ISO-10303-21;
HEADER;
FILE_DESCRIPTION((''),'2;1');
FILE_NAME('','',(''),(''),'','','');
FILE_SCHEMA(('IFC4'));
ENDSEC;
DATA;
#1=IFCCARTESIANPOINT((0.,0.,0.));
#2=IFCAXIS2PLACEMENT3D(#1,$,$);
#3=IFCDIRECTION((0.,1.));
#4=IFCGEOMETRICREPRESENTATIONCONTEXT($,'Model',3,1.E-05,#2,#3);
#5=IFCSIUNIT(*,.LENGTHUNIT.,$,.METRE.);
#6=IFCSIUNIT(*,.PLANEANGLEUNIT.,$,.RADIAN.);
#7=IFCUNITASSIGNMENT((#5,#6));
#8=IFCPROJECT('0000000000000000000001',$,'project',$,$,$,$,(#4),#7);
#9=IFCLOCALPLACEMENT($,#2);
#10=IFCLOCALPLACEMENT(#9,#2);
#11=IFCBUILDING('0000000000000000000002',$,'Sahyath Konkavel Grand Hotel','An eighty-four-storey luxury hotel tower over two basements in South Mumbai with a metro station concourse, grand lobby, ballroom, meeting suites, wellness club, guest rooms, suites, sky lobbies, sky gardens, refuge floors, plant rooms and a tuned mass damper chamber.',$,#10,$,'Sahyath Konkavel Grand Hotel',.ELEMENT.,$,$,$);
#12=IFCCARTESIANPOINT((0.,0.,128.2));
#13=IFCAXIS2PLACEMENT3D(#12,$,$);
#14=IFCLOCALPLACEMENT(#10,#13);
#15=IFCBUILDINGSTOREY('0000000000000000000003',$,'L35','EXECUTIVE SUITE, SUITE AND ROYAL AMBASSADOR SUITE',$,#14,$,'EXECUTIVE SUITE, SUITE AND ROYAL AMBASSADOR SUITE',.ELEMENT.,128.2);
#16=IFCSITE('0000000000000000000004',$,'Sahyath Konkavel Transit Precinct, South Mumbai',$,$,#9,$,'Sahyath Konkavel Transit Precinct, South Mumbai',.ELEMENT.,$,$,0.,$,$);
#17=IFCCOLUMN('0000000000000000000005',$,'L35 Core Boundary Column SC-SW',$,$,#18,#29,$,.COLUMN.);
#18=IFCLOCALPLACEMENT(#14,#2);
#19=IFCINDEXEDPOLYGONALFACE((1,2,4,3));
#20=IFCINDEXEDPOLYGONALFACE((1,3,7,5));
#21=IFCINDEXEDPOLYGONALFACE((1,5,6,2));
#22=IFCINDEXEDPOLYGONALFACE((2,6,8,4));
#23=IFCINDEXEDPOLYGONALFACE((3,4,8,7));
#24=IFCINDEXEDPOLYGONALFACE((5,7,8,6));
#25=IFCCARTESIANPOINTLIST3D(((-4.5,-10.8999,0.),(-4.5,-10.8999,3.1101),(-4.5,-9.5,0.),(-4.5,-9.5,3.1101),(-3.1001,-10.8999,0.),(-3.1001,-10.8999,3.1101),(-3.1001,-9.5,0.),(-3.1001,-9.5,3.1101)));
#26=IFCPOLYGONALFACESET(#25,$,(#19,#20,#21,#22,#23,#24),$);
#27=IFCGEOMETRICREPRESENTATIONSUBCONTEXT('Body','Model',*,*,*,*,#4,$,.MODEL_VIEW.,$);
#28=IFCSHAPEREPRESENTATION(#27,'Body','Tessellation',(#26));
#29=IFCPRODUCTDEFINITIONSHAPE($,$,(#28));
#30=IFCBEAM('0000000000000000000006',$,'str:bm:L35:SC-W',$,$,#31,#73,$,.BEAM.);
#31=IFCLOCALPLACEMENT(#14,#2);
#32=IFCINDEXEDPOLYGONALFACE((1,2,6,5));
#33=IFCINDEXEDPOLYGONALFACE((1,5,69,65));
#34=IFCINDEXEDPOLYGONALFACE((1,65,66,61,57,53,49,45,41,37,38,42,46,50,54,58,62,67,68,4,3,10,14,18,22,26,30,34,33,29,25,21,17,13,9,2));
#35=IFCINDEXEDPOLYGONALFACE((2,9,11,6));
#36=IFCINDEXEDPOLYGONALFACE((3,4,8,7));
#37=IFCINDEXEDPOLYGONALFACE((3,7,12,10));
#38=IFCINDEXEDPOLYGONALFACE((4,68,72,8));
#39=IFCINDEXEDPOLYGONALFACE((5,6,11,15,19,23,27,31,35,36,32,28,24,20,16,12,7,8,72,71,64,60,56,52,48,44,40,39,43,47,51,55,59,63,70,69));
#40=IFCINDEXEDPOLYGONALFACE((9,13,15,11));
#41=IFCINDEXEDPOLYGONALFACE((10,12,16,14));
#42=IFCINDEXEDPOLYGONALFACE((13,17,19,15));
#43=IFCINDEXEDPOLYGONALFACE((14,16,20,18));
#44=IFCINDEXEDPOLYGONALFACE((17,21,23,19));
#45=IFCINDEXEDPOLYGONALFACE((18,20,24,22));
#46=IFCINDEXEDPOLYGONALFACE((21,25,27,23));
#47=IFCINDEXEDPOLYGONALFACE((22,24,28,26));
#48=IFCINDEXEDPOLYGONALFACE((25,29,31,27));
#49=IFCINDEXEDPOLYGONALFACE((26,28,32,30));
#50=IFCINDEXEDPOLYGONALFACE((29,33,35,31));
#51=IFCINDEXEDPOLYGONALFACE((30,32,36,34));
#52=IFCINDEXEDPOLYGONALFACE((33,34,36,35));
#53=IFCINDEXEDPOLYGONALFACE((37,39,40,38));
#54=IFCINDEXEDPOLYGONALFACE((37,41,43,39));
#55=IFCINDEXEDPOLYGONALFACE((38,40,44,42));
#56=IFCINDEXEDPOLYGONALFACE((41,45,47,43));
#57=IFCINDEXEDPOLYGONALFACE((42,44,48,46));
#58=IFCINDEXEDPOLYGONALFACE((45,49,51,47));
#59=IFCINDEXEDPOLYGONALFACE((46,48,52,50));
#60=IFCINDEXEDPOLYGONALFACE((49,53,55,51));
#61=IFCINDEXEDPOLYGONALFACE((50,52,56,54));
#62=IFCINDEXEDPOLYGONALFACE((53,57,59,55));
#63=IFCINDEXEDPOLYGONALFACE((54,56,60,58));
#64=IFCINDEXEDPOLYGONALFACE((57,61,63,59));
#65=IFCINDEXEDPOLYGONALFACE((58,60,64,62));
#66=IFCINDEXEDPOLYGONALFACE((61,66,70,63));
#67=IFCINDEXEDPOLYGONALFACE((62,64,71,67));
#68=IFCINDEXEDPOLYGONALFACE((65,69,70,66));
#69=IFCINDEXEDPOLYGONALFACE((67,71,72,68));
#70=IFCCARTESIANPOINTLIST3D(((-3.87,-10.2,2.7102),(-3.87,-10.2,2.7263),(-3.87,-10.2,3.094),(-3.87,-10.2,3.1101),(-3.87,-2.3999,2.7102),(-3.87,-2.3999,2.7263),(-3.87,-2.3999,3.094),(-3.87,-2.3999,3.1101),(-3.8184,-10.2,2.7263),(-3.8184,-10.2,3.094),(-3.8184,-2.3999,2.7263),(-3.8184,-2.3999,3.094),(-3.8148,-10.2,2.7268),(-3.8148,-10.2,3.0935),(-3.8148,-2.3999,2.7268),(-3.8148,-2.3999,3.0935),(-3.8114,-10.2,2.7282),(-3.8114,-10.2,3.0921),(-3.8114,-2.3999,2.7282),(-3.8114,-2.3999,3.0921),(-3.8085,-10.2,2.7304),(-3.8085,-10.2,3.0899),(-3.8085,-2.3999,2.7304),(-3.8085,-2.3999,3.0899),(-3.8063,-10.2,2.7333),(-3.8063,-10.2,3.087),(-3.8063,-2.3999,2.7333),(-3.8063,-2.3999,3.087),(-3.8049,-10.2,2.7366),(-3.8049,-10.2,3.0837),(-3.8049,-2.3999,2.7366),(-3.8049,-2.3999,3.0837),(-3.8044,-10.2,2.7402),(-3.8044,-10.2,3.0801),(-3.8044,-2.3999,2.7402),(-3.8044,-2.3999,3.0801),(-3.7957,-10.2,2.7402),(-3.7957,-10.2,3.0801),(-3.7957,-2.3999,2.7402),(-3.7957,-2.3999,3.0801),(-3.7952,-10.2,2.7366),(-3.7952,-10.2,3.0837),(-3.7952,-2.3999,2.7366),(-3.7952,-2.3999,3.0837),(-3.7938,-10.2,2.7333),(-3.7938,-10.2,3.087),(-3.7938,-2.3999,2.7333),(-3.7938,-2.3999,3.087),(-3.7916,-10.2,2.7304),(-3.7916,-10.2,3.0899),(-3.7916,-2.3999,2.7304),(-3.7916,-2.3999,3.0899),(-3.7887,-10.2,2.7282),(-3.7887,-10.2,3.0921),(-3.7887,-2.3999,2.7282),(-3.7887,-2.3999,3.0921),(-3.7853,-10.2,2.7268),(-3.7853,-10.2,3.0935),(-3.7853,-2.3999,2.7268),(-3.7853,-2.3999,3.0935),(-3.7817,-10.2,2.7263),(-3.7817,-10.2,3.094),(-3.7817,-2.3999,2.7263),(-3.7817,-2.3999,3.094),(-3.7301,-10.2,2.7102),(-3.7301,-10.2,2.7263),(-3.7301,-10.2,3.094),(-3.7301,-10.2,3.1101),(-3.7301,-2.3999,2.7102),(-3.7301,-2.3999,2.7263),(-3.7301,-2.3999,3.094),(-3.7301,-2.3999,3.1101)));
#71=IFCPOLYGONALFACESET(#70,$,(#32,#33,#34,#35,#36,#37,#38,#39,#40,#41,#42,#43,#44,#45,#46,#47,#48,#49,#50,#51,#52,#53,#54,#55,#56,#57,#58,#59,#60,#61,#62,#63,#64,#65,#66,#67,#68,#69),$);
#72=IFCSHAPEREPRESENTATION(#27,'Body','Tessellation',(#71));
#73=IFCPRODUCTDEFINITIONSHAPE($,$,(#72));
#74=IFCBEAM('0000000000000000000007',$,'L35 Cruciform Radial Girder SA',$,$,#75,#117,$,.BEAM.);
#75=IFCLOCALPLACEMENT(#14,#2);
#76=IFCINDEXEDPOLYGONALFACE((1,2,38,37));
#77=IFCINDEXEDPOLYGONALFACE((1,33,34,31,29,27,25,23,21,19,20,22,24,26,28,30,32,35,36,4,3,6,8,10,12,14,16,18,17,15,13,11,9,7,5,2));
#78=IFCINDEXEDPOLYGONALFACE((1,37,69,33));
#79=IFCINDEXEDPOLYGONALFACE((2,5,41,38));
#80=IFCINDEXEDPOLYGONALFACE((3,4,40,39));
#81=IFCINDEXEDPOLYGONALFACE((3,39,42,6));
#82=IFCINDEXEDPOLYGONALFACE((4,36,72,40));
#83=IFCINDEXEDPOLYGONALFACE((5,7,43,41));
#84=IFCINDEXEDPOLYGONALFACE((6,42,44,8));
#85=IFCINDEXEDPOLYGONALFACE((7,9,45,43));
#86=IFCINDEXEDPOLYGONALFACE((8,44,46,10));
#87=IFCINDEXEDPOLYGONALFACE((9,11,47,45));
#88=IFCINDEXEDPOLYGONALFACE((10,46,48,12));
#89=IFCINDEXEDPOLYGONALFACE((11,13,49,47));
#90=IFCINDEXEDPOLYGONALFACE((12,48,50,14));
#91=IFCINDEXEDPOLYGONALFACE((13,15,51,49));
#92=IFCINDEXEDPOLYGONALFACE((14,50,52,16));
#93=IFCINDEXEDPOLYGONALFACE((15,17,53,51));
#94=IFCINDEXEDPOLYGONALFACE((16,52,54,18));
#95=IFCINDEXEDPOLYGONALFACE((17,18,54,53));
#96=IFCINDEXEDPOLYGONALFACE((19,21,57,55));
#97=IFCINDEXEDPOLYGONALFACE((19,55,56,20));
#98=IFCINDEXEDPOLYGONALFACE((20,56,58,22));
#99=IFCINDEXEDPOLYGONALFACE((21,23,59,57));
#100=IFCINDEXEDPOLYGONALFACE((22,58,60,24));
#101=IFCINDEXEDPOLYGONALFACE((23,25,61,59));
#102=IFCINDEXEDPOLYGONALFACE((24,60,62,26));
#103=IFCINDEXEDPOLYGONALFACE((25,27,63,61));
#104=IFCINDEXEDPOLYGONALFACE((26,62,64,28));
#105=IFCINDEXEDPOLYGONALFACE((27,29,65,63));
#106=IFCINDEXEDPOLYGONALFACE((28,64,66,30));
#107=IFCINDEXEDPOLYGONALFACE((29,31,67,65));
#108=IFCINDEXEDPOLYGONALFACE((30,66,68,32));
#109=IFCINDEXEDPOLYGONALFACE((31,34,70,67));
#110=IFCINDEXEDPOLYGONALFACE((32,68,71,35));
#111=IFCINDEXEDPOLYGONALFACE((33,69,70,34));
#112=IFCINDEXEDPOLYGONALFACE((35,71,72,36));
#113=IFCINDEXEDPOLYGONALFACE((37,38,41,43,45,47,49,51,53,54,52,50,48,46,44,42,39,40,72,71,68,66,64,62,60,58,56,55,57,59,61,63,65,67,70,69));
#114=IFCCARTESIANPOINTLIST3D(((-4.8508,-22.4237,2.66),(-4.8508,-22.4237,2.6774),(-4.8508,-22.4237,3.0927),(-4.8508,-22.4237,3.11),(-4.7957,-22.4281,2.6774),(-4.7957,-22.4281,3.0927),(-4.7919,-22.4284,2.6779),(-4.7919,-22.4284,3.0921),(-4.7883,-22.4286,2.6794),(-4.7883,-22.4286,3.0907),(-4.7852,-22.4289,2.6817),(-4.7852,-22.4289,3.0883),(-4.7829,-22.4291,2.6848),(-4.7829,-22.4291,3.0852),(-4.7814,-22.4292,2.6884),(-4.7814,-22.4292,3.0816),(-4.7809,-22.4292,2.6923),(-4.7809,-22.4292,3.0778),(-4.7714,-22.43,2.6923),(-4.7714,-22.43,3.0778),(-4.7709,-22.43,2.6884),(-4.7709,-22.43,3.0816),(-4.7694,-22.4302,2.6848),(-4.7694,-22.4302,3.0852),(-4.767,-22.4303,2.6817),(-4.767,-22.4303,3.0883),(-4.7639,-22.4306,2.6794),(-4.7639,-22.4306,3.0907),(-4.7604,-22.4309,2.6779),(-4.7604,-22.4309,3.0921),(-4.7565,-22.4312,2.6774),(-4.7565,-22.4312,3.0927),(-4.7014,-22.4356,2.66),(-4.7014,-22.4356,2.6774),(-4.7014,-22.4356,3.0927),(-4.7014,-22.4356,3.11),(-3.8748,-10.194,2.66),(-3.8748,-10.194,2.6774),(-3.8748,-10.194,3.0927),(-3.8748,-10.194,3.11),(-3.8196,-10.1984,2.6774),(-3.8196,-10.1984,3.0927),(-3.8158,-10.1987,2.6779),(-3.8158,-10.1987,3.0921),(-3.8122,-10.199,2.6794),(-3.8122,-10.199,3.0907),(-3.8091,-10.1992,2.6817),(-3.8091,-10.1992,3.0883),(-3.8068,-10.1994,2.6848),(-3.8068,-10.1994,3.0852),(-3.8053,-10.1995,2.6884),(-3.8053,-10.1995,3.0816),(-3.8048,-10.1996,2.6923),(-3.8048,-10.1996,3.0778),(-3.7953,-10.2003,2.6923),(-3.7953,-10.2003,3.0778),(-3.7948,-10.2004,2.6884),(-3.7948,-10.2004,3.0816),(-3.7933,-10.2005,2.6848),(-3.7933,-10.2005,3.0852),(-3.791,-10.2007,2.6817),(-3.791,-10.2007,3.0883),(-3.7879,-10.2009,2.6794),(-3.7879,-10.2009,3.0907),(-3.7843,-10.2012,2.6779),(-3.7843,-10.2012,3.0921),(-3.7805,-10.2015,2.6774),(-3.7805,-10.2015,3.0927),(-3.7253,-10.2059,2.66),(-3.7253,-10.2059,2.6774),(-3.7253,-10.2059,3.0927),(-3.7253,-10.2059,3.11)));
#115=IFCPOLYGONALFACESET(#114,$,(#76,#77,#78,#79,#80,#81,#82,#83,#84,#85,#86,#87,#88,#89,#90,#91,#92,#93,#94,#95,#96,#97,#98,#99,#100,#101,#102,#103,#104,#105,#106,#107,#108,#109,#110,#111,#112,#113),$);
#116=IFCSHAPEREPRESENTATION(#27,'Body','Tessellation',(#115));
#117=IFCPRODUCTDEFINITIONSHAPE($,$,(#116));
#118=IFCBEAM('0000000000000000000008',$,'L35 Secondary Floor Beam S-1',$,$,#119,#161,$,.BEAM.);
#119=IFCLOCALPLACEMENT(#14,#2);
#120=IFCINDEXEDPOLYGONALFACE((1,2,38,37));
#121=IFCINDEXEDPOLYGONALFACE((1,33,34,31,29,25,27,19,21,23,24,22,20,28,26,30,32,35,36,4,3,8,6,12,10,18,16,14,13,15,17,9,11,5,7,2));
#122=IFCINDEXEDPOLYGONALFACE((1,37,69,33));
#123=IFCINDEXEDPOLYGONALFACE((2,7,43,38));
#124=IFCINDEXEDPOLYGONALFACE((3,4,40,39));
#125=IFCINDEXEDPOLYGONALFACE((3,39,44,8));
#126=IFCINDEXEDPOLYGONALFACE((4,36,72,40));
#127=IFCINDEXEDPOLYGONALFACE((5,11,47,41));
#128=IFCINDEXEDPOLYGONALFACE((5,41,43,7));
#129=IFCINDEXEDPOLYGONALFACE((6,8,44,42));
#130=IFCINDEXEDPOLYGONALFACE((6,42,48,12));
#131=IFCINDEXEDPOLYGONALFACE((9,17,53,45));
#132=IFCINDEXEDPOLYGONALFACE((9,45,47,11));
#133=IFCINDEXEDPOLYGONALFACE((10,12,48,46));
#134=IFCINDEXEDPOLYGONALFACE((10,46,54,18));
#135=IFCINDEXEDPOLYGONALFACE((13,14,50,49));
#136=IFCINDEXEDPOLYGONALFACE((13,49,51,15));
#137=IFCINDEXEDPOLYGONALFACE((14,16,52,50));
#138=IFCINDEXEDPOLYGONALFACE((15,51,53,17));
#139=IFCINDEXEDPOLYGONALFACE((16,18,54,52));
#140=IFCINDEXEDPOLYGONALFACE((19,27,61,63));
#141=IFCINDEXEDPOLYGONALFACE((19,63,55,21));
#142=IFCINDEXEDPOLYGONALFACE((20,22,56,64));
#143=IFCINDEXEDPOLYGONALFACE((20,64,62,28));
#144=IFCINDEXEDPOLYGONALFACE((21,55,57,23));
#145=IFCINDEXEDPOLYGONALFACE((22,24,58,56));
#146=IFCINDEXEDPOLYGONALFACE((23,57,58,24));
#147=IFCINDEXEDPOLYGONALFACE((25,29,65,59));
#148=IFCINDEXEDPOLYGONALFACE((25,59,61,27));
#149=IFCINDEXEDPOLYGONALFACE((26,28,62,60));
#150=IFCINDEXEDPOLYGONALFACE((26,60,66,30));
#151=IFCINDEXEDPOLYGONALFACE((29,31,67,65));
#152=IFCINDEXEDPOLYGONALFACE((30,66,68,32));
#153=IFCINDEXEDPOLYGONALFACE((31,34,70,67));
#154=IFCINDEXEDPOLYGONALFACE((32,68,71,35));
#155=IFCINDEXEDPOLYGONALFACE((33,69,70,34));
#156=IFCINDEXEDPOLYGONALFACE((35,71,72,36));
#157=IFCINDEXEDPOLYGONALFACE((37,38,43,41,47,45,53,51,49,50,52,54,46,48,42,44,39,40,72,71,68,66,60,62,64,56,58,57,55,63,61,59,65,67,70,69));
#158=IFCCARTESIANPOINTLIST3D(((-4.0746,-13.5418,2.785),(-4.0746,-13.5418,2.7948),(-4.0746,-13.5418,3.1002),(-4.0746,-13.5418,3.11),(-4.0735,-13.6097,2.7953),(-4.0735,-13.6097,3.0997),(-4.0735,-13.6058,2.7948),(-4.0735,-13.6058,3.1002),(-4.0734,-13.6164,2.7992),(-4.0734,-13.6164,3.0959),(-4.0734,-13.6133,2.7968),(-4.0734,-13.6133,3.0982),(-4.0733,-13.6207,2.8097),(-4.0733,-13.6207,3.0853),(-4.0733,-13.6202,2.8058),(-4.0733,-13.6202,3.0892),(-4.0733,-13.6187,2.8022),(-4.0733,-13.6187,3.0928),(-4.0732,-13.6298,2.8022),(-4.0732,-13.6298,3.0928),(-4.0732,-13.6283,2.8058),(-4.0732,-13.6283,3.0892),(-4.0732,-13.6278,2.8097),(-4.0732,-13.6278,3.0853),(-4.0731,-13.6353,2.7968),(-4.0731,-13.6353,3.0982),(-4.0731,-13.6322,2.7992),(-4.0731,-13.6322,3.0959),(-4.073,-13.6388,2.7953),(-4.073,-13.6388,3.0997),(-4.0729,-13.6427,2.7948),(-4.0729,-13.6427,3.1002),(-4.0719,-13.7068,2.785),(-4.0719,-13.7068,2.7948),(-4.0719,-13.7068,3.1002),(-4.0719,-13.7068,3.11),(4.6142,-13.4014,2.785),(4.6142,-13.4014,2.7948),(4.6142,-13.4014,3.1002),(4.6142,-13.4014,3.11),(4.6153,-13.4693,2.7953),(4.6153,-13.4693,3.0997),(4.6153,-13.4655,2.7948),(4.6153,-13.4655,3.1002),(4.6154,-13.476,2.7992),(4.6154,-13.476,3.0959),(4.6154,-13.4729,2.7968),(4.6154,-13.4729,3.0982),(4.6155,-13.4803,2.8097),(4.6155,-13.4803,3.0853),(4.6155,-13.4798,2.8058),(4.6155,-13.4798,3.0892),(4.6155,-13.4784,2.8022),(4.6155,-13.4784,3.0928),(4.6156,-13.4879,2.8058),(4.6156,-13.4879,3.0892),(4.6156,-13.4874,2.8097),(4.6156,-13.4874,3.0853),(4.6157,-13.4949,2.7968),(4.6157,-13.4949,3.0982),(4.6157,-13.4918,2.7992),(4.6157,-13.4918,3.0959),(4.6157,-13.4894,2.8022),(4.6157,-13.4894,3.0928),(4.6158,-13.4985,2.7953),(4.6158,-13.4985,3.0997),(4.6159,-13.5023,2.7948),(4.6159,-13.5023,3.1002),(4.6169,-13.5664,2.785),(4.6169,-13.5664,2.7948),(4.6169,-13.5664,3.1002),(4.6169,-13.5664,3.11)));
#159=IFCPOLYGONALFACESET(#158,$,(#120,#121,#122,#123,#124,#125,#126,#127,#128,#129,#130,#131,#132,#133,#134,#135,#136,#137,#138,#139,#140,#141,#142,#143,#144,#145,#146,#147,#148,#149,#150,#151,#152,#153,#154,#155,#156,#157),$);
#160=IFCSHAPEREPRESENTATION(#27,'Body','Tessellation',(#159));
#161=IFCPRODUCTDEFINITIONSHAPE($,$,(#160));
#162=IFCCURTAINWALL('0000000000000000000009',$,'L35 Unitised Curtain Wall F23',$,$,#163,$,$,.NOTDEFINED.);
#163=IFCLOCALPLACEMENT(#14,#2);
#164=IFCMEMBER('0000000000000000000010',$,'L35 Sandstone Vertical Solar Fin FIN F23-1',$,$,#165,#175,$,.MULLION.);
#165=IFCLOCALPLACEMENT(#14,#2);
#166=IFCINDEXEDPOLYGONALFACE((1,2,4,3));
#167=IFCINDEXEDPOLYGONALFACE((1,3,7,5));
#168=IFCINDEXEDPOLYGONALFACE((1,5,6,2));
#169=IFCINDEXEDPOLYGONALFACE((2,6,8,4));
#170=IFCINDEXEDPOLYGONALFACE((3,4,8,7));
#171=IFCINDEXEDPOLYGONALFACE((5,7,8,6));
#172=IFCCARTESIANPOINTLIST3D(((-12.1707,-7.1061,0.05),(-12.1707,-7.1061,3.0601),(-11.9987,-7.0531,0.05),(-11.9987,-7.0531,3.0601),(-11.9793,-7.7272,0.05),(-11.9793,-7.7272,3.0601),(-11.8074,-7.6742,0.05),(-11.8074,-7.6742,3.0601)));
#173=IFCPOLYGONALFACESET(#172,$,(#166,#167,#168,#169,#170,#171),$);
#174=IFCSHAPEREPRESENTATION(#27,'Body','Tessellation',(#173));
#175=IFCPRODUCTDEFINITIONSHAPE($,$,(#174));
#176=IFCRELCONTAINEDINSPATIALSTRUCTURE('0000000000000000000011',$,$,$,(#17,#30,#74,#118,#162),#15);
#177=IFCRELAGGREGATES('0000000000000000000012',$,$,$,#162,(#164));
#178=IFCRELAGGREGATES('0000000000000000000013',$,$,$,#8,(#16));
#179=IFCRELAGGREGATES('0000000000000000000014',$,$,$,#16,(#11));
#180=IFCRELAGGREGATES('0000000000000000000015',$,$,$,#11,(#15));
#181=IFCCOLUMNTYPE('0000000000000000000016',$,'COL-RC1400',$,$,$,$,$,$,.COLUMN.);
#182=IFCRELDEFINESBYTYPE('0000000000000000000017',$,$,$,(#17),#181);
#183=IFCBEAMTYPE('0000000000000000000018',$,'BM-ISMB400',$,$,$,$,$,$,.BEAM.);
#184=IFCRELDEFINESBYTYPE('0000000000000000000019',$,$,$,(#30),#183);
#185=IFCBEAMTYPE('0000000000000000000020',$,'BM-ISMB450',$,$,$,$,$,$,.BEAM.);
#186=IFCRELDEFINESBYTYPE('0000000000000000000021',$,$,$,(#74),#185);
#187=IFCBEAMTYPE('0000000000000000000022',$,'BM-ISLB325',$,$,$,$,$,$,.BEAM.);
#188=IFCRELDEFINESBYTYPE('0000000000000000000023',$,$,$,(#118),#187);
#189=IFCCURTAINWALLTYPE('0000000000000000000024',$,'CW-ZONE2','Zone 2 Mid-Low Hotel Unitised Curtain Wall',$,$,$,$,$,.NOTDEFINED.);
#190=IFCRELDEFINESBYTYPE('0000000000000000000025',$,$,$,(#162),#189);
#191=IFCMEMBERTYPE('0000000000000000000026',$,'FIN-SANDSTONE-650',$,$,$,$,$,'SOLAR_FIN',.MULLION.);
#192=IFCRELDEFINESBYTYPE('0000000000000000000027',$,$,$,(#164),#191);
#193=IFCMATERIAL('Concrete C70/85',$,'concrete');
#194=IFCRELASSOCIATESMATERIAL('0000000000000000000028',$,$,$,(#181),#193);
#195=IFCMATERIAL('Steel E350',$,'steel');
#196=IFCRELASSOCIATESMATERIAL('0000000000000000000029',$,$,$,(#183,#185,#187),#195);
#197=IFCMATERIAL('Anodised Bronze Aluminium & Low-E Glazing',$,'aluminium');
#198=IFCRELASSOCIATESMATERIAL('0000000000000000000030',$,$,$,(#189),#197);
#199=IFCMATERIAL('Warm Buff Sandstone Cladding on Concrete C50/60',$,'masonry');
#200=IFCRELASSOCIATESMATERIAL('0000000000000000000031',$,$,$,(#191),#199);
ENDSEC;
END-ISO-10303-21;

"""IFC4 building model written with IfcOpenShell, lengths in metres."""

from ifc_helpers import new_model, si_unit, direction, frame, origin, origin_2d, place, context, subcontext, project, spatial, rectangle, i_section, extrude, source, transform, mapped, material, material_profile, profile_set, type_object, element, aggregate, save


model = new_model("IFC4")

# Units and contexts
model_context = context("Model", 3, precision=1e-05, world=origin(), true_north=direction((0.0, 1.0)))
body_context = subcontext(model_context, "Body", "Model", "MODEL_VIEW")
ifc_project = project(units=[si_unit("LENGTHUNIT", "METRE"), si_unit("PLANEANGLEUNIT", "RADIAN")], contexts=[model_context])

# Site, building, storey
site_placement = place(None, origin())
site = spatial("IfcSite", under=ifc_project, at=site_placement, Name="Sahyath Konkavel Transit Precinct, South Mumbai", LongName="Sahyath Konkavel Transit Precinct, South Mumbai", CompositionType="ELEMENT", RefElevation=0.0)
building_placement = place(site_placement, origin())
building = spatial("IfcBuilding", under=site, at=building_placement, Name="Sahyath Konkavel Grand Hotel", Description="An eighty-four-storey luxury hotel tower over two basements in South Mumbai with a metro station concourse, grand lobby, ballroom, meeting suites, wellness club, guest rooms, suites, sky lobbies, sky gardens, refuge floors, plant rooms and a tuned mass damper chamber.", LongName="Sahyath Konkavel Grand Hotel", CompositionType="ELEMENT")
storey_placement = place(building_placement, frame((0.0, 0.0, 128.2)))
storey = spatial("IfcBuildingStorey", under=building, at=storey_placement, Name="L35", Description="EXECUTIVE SUITE, SUITE AND ROYAL AMBASSADOR SUITE", LongName="EXECUTIVE SUITE, SUITE AND ROYAL AMBASSADOR SUITE", CompositionType="ELEMENT", Elevation=128.2)

# Column
ifc_material_1 = material(Name="Concrete C70/85", Category="concrete")
ifc_material_profile_1 = material_profile(ifc_material_1, rectangle(XDim=1.3999, YDim=1.3999, at=origin_2d()), Name="RC 1400x1400")
ifc_profile_set_1 = profile_set([ifc_material_profile_1], Name="Concrete C70/85")
column_type = type_object("IfcColumnType", Name="COL-RC1400", PredefinedType="COLUMN", material=ifc_profile_set_1)
shared_shape_1 = source(origin(), body_context, "Body", "SweptSolid", [
    extrude(rectangle(XDim=1.3999, YDim=1.3999, at=origin_2d()), origin(), (0.0, 0.0, 1.0), 3.1101),
])
column_placement = place(storey_placement, frame((-3.8, -10.2, 0.0), z_axis=(0.0, 0.0, 1.0), x_axis=(1.0, 0.0, 0.0)))
element("IfcColumn", 1, at=column_placement, inside=storey, type_object=column_type, Name="L35 Core Boundary Column SC-SW", PredefinedType="COLUMN", context=body_context, shape_type="MappedRepresentation", body=[
    mapped(shared_shape_1, transform((0.0, 0.0, 0.0), scale=1.0)),
])

# Beams
ifc_material_2 = material(Name="Steel E350", Category="steel")
ifc_material_profile_2 = material_profile(ifc_material_2, i_section(OverallWidth=0.1399, OverallDepth=0.3999, WebThickness=0.0088, FlangeThickness=0.0161, FilletRadius=0.0139, at=origin_2d()), Name="ISMB 400")
ifc_profile_set_2 = profile_set([ifc_material_profile_2], Name="Steel E350")
beam_type_1 = type_object("IfcBeamType", Name="BM-ISMB400", PredefinedType="BEAM", material=ifc_profile_set_2)
shared_shape_2 = source(origin(), body_context, "Body", "SweptSolid", [
    extrude(i_section(OverallWidth=0.1399, OverallDepth=0.3999, WebThickness=0.0088, FlangeThickness=0.0161, FilletRadius=0.0139, at=origin_2d()), origin(), (0.0, 0.0, 1.0), 7.8),
])
beam_1_placement = place(storey_placement, frame((-3.8, -10.2, 2.9102), z_axis=(0.0, 1.0, 0.0), x_axis=(-1.0, 0.0, 0.0)))
element("IfcBeam", 2, at=beam_1_placement, inside=storey, type_object=beam_type_1, Name="str:bm:L35:SC-W", PredefinedType="BEAM", context=body_context, shape_type="MappedRepresentation", body=[
    mapped(shared_shape_2, transform((0.0, 0.0, 0.0), scale=1.0)),
])
ifc_material_profile_3 = material_profile(ifc_material_2, i_section(OverallWidth=0.1499, OverallDepth=0.45, WebThickness=0.0095, FlangeThickness=0.0173, FilletRadius=0.0149, at=origin_2d()), Name="ISMB 450")
ifc_profile_set_3 = profile_set([ifc_material_profile_3], Name="Steel E350")
beam_type_2 = type_object("IfcBeamType", Name="BM-ISMB450", PredefinedType="BEAM", material=ifc_profile_set_3)
shared_shape_3 = source(origin(), body_context, "Body", "SweptSolid", [
    extrude(i_section(OverallWidth=0.1499, OverallDepth=0.45, WebThickness=0.0095, FlangeThickness=0.0173, FilletRadius=0.0149, at=origin_2d()), origin(), (0.0, 0.0, 1.0), 12.2686),
])
beam_2_placement = place(storey_placement, frame((-3.8, -10.2, 2.885), z_axis=(-0.079559, -0.99683, 0.0), x_axis=(0.99683, -0.079559, 0.0)))
element("IfcBeam", 3, at=beam_2_placement, inside=storey, type_object=beam_type_2, Name="L35 Cruciform Radial Girder SA", PredefinedType="BEAM", context=body_context, shape_type="MappedRepresentation", body=[
    mapped(shared_shape_3, transform((0.0, 0.0, 0.0), scale=1.0)),
])
ifc_material_profile_4 = material_profile(ifc_material_2, i_section(OverallWidth=0.165, OverallDepth=0.325, WebThickness=0.0071, FlangeThickness=0.0098, FilletRadius=0.0149, at=origin_2d()), Name="ISLB 325")
ifc_profile_set_4 = profile_set([ifc_material_profile_4], Name="Steel E350")
beam_type_3 = type_object("IfcBeamType", Name="BM-ISLB325", PredefinedType="BEAM", material=ifc_profile_set_4)
shared_shape_4 = source(origin(), body_context, "Body", "SweptSolid", [
    extrude(i_section(OverallWidth=0.165, OverallDepth=0.325, WebThickness=0.0071, FlangeThickness=0.0098, FilletRadius=0.0149, at=origin_2d()), origin(), (0.0, 0.0, 1.0), 8.6899),
])
beam_3_placement = place(storey_placement, frame((-4.0732, -13.6243, 2.9475), z_axis=(0.99987, 0.016155, 0.0), x_axis=(-0.016155, 0.99987, 0.0)))
element("IfcBeam", 4, at=beam_3_placement, inside=storey, type_object=beam_type_3, Name="L35 Secondary Floor Beam S-1", PredefinedType="BEAM", context=body_context, shape_type="MappedRepresentation", body=[
    mapped(shared_shape_4, transform((0.0, 0.0, 0.0), scale=1.0)),
])

# Curtain wall, member
ifc_material_3 = material(Name="Anodised Bronze Aluminium & Low-E Glazing", Category="aluminium")
curtain_wall_type = type_object("IfcCurtainWallType", Name="CW-ZONE2", Description="Zone 2 Mid-Low Hotel Unitised Curtain Wall", PredefinedType="NOTDEFINED", material=ifc_material_3)
curtain_wall_1_placement = place(storey_placement, origin())
curtain_wall_1 = element("IfcCurtainWall", 5, at=curtain_wall_1_placement, inside=storey, type_object=curtain_wall_type, Name="L35 Unitised Curtain Wall F23", PredefinedType="NOTDEFINED")
ifc_material_4 = material(Name="Warm Buff Sandstone Cladding on Concrete C50/60", Category="masonry")
ifc_material_profile_5 = material_profile(ifc_material_4, rectangle(XDim=0.1799, YDim=0.6499, at=origin_2d()), Name="FIN 180x650")
ifc_profile_set_5 = profile_set([ifc_material_profile_5], Name="Warm Buff Sandstone Cladding on Concrete C50/60")
member_type_1 = type_object("IfcMemberType", Name="FIN-SANDSTONE-650", ElementType="SOLAR_FIN", PredefinedType="MULLION", material=ifc_profile_set_5)
shared_shape_5 = source(origin(), body_context, "Body", "SweptSolid", [
    extrude(rectangle(XDim=0.1799, YDim=0.6499, at=origin_2d()), origin(), (0.0, 0.0, 1.0), 3.01),
])
member_1_placement = place(storey_placement, frame((-11.989, -7.3901, 0.05), z_axis=(0.0, 0.0, 1.0), x_axis=(0.95569, 0.294374, 0.0)))
member_1 = element("IfcMember", 6, at=member_1_placement, type_object=member_type_1, Name="L35 Sandstone Vertical Solar Fin FIN F23-1", PredefinedType="MULLION", context=body_context, shape_type="MappedRepresentation", body=[
    mapped(shared_shape_5, transform((0.0, 0.0, 0.0), scale=1.0)),
])

aggregate(curtain_wall_1, [member_1])

save(model, "model.ifc")
